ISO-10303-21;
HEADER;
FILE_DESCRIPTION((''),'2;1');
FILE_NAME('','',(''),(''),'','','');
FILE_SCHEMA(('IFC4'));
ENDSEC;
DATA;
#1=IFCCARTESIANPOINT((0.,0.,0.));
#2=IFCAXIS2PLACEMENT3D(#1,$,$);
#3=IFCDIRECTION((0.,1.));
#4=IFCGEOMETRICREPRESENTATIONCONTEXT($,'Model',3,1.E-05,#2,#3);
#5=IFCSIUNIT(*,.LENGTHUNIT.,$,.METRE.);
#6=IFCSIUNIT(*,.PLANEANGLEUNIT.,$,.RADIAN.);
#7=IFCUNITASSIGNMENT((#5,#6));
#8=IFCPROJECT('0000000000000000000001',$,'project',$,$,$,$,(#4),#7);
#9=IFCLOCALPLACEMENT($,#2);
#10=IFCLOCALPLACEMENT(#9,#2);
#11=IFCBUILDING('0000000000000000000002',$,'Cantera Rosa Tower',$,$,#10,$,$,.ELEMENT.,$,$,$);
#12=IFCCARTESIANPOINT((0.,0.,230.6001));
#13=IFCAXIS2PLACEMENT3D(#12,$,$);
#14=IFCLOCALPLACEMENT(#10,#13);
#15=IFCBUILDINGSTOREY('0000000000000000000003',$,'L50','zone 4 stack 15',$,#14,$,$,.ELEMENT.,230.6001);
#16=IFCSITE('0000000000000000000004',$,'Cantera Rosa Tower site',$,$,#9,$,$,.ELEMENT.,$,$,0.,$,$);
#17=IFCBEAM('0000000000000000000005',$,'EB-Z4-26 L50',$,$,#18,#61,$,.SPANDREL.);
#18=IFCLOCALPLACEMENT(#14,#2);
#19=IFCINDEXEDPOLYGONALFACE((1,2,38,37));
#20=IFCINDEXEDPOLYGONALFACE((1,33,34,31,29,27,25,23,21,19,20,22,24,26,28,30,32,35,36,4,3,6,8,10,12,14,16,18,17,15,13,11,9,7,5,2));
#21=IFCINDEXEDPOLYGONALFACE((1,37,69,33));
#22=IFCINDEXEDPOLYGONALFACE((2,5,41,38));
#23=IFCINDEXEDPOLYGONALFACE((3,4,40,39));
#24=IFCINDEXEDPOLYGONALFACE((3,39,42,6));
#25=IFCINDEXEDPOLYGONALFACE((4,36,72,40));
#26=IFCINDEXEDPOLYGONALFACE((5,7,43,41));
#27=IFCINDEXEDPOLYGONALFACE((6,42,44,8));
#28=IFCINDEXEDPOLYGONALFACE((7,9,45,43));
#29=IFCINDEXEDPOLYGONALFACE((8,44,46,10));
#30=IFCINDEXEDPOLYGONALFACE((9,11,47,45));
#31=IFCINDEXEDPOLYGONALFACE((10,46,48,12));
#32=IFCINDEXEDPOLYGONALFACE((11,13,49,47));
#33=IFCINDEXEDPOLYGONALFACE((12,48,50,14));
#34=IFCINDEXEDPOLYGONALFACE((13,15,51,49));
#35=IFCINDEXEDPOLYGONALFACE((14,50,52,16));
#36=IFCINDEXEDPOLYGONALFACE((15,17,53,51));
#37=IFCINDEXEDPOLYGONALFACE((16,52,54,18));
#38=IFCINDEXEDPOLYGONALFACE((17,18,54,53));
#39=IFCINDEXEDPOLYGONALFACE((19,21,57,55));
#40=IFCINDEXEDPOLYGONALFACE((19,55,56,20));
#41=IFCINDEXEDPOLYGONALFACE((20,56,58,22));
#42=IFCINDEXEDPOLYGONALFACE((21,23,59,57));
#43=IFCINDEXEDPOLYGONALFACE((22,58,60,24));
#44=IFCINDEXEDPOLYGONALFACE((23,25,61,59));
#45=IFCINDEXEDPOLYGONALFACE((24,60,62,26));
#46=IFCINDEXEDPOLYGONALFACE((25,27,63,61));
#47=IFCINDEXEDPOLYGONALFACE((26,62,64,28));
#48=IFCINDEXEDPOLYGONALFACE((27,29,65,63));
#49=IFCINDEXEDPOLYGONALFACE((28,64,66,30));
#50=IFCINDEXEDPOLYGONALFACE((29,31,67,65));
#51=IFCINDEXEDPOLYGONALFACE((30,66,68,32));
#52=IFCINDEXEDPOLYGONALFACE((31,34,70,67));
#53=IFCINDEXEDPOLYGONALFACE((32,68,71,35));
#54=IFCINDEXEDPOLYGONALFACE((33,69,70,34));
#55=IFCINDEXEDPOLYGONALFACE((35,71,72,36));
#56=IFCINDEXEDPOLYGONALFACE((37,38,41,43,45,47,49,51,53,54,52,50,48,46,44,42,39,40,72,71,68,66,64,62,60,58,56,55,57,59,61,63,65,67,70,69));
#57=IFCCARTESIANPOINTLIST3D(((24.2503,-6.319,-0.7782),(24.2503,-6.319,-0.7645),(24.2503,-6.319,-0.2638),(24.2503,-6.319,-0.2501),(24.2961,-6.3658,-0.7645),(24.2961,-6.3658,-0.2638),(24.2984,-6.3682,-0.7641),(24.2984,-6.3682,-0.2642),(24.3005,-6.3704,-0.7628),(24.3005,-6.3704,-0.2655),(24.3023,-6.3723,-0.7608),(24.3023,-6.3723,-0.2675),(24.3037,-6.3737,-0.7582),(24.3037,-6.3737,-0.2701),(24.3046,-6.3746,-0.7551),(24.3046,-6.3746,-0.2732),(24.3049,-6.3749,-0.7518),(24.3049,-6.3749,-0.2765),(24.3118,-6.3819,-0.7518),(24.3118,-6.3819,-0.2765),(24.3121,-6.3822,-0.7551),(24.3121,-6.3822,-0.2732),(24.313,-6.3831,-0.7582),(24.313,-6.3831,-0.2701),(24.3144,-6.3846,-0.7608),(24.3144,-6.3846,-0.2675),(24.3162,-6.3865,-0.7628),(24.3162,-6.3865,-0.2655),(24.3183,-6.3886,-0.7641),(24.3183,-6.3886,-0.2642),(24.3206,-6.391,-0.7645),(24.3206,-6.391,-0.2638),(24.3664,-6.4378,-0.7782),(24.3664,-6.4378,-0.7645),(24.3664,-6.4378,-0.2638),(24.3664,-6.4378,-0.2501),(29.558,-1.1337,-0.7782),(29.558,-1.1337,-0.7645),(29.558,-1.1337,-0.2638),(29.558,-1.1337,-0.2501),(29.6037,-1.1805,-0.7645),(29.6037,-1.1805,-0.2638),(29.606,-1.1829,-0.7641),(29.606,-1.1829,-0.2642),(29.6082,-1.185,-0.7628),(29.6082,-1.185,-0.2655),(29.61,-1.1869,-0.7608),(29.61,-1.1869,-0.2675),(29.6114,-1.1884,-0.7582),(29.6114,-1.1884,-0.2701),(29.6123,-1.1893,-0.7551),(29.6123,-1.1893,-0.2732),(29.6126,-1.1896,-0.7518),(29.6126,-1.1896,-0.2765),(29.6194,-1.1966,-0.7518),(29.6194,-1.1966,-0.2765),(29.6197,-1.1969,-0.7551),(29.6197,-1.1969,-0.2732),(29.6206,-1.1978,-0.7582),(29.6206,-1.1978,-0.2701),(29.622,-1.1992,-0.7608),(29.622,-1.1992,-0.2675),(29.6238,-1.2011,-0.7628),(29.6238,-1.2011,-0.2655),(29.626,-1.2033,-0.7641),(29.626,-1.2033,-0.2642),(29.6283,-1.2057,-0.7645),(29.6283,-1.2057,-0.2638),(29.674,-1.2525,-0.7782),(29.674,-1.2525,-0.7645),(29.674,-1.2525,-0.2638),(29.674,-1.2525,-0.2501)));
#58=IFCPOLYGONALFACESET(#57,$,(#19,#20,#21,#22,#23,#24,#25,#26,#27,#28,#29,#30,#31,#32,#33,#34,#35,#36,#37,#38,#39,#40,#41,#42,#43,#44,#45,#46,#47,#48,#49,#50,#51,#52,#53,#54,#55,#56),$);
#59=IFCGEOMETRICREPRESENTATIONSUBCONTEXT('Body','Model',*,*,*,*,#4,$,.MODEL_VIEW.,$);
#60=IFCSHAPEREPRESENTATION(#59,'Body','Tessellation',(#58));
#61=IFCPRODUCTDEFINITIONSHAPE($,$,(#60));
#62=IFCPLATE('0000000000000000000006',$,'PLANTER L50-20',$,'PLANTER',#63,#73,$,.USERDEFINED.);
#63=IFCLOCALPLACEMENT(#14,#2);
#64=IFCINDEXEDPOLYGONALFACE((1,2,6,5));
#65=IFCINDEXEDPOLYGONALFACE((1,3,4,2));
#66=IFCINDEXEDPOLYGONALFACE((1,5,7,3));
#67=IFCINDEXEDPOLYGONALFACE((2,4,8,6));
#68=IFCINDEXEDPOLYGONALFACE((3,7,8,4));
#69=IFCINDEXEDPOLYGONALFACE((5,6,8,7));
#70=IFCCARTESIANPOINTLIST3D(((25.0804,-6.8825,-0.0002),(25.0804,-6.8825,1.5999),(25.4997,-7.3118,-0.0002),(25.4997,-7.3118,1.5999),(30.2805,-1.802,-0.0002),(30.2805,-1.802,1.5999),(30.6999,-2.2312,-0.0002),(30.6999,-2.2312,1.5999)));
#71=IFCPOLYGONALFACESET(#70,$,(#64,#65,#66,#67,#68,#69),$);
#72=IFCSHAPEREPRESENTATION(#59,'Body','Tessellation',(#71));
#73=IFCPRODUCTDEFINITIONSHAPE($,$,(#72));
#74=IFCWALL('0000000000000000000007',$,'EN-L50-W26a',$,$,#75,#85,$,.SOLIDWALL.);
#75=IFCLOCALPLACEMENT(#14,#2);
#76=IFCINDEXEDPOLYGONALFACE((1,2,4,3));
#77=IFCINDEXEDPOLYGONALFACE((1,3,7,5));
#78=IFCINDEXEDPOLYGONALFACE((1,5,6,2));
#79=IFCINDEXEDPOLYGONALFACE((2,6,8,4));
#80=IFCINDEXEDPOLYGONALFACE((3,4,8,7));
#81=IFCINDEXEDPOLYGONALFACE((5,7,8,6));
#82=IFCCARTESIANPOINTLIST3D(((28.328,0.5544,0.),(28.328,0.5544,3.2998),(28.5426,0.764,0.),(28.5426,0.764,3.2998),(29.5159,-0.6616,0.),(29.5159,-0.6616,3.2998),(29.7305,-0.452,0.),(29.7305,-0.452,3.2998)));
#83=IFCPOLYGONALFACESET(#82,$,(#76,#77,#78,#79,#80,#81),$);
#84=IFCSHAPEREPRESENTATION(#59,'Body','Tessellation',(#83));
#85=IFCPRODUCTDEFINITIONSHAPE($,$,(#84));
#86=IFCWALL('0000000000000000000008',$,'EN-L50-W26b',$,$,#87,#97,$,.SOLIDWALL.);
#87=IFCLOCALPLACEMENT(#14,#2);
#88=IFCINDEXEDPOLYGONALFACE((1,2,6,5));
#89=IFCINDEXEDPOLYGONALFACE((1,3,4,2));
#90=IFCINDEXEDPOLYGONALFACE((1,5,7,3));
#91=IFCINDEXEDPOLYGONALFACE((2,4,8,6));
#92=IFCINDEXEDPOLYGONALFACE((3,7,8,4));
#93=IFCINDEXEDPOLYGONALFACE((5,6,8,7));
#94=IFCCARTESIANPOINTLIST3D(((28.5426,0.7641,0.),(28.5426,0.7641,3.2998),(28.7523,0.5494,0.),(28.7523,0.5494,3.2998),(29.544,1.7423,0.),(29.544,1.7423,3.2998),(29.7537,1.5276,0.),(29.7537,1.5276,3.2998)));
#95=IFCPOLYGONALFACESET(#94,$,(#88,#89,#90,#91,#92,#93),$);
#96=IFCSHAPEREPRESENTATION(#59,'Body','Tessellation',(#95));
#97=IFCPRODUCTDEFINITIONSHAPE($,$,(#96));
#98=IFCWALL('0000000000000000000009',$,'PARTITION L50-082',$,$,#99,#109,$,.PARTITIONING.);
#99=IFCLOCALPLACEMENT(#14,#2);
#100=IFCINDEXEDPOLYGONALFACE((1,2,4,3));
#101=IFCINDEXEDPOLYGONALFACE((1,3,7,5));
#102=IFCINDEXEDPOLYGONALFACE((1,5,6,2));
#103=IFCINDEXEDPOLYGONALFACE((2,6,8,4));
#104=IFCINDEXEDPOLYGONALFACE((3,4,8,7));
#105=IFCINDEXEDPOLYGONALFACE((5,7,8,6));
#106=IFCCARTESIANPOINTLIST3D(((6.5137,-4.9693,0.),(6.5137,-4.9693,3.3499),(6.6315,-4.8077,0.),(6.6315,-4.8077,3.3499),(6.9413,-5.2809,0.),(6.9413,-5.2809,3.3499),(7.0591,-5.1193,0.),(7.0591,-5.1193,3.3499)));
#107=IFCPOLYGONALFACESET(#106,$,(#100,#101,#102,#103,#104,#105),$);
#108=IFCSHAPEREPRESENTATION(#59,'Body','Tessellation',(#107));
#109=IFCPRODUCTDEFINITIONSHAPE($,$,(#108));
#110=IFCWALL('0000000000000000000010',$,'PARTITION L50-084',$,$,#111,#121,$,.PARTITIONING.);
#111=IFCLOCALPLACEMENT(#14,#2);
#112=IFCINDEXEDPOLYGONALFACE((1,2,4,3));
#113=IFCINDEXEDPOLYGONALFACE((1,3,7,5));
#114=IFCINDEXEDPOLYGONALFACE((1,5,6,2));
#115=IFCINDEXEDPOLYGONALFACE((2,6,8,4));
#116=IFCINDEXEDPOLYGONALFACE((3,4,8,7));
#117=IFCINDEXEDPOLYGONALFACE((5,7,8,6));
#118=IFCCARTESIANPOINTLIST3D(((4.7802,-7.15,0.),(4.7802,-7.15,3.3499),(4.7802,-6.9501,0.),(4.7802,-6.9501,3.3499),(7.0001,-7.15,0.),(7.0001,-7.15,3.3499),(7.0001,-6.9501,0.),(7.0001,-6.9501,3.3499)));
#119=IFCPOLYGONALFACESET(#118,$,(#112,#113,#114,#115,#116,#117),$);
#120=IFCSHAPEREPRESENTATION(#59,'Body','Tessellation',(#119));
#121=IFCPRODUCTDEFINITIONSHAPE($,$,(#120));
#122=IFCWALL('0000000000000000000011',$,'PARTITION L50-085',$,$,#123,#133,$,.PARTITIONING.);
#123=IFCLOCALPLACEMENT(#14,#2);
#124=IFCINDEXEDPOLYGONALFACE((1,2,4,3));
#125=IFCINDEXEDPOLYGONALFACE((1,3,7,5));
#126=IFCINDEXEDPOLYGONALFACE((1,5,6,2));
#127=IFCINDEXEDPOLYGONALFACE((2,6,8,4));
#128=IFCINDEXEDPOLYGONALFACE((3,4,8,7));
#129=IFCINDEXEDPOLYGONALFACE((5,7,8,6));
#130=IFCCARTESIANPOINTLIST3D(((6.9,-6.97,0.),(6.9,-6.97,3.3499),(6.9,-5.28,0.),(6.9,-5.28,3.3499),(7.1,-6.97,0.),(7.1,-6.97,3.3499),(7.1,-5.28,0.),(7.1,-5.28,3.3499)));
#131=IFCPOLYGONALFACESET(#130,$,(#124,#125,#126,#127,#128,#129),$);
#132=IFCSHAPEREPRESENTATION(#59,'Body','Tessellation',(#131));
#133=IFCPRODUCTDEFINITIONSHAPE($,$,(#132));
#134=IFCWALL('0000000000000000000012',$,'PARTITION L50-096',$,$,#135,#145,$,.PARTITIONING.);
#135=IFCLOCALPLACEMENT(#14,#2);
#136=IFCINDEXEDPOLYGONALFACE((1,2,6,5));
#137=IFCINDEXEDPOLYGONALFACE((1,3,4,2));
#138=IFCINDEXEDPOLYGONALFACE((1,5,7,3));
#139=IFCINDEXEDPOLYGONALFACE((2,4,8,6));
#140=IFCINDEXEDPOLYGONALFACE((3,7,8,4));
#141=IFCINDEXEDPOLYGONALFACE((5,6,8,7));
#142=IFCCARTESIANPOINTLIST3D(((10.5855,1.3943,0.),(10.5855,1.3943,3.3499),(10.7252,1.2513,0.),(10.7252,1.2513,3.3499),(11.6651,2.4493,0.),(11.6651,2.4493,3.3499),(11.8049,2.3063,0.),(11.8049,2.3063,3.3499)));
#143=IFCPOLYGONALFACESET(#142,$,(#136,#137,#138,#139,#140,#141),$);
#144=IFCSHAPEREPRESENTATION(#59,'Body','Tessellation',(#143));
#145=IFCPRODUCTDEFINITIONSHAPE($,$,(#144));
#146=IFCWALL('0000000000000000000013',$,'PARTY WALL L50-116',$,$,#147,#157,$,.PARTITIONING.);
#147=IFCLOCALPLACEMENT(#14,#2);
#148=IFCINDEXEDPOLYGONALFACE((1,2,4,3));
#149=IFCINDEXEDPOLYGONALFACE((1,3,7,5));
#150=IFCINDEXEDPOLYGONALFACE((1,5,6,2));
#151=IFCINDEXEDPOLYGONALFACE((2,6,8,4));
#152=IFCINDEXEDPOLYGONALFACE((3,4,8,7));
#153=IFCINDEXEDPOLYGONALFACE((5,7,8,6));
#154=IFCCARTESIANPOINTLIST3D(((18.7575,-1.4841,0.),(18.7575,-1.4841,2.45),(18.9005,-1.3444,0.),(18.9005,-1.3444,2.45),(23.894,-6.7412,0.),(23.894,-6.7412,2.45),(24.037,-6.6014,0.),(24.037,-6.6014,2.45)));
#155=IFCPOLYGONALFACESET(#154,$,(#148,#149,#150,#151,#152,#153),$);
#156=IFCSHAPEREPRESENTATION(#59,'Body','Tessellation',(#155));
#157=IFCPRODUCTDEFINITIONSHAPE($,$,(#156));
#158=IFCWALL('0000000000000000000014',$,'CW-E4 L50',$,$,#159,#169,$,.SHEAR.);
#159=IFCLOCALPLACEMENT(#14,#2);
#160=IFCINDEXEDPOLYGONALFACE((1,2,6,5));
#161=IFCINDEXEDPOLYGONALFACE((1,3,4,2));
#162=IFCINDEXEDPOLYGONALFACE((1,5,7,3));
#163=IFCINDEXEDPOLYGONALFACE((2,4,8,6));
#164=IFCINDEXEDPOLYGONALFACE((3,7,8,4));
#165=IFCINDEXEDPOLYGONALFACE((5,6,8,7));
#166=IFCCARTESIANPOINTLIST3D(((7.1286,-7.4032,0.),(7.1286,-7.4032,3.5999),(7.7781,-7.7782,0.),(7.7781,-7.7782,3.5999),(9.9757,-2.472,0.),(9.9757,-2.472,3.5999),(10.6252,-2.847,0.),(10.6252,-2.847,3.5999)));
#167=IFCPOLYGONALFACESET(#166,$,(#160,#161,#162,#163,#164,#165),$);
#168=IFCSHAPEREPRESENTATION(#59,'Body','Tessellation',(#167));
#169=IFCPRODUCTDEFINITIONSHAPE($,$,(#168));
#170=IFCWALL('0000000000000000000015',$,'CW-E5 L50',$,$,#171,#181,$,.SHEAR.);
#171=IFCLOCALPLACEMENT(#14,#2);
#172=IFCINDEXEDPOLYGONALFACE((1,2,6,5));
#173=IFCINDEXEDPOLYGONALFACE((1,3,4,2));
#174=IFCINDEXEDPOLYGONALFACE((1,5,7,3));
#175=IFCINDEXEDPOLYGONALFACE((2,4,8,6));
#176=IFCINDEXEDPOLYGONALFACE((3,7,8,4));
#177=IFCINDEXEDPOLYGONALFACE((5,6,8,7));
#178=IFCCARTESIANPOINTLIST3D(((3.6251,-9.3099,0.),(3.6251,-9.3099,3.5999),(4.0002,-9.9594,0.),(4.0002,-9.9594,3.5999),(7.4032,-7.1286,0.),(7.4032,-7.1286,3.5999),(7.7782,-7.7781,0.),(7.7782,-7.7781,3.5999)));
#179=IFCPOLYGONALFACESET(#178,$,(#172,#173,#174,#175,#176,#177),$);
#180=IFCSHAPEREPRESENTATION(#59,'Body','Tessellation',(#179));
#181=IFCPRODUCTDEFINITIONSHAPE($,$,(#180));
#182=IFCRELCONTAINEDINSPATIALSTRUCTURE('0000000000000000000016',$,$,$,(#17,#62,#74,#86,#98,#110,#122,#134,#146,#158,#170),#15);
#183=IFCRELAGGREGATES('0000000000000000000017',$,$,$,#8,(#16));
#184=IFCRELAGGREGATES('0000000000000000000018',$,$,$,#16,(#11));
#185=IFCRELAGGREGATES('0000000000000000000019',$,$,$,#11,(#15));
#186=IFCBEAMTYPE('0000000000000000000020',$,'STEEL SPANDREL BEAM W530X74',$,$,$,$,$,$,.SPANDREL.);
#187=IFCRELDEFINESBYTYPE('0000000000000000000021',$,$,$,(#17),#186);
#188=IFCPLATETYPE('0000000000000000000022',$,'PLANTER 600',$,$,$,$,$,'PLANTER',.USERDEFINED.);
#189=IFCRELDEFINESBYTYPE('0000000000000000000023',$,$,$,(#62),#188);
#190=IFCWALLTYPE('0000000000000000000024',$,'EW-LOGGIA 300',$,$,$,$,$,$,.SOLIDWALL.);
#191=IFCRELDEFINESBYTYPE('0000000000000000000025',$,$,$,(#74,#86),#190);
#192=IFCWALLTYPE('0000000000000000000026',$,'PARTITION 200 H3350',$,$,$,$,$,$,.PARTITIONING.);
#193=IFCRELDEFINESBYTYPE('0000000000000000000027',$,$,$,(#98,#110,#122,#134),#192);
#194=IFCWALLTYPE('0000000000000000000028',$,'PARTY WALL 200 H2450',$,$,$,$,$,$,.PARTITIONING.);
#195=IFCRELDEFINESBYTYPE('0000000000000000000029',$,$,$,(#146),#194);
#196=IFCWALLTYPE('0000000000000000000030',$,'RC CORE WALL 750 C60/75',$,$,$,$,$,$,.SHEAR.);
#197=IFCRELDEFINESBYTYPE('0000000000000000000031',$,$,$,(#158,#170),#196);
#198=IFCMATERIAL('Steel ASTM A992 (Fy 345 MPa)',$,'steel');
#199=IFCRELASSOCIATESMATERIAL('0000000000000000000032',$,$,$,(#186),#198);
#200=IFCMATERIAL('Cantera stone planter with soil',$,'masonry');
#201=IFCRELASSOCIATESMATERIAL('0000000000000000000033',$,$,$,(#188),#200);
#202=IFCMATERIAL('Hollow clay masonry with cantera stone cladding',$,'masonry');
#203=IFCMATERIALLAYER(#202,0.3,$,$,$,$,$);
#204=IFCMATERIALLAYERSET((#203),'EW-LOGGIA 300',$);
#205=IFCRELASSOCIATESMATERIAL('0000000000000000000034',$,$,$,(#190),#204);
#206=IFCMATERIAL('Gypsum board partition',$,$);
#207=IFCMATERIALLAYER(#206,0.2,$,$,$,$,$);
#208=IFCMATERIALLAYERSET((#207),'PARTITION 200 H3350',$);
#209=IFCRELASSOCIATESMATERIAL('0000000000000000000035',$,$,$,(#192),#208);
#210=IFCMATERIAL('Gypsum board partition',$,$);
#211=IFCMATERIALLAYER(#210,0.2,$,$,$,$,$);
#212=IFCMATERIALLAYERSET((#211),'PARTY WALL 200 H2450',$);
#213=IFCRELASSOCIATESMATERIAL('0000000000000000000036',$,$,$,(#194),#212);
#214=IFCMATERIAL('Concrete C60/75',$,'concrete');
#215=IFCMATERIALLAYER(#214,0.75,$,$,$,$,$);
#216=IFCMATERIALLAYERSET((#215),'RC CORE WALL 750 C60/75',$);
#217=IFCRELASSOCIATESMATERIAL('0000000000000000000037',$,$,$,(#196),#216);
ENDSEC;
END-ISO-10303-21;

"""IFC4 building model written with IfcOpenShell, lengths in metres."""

from ifc_helpers import new_model, si_unit, direction, frame, frame_2d, origin, origin_2d, place, context, subcontext, project, spatial, rectangle, i_section, extrude, material, layer, layer_set, material_profile, profile_set, type_object, element, save


model = new_model("IFC4")

# Units and contexts
model_context = context("Model", 3, precision=1e-05, world=origin(), true_north=direction((0.0, 1.0)))
body_context = subcontext(model_context, "Body", "Model", "MODEL_VIEW")
ifc_project = project(units=[si_unit("LENGTHUNIT", "METRE"), si_unit("PLANEANGLEUNIT", "RADIAN")], contexts=[model_context])

# Site, building, storey
site_placement = place(None, origin())
site = spatial("IfcSite", under=ifc_project, at=site_placement, Name="Cantera Rosa Tower site", CompositionType="ELEMENT", RefElevation=0.0)
building_placement = place(site_placement, origin())
building = spatial("IfcBuilding", under=site, at=building_placement, Name="Cantera Rosa Tower", CompositionType="ELEMENT")
storey_placement = place(building_placement, frame((0.0, 0.0, 230.6001)))
storey = spatial("IfcBuildingStorey", under=building, at=storey_placement, Name="L50", Description="zone 4 stack 15", CompositionType="ELEMENT", Elevation=230.6001)

# Beam
ifc_material_1 = material(Name="Steel ASTM A992 (Fy 345 MPa)", Category="steel")
ifc_material_profile_1 = material_profile(ifc_material_1, i_section(OverallWidth=0.166, OverallDepth=0.5281, WebThickness=0.0098, FlangeThickness=0.0137, FilletRadius=0.0127, at=origin_2d()), Name="W530X74")
ifc_profile_set_1 = profile_set([ifc_material_profile_1], Name="Steel ASTM A992 (Fy 345 MPa)")
beam_type_1 = type_object("IfcBeamType", Name="STEEL SPANDREL BEAM W530X74", PredefinedType="SPANDREL", material=ifc_profile_set_1)
beam_1_placement = place(storey_placement, frame((24.3083, -6.3784, -0.5142), z_axis=(0.715301, 0.698817, 0.0), x_axis=(-0.698817, 0.715301, 0.0)))
element("IfcBeam", 1, at=beam_1_placement, inside=storey, type_object=beam_type_1, Name="EB-Z4-26 L50", PredefinedType="SPANDREL", context=body_context, shape_type="SweptSolid", body=[
    extrude(i_section(OverallWidth=0.166, OverallDepth=0.5281, WebThickness=0.0098, FlangeThickness=0.0137, FilletRadius=0.0127, at=origin_2d()), origin(), (0.0, 0.0, 1.0), 7.4202),
])

# Plate
ifc_material_2 = material(Name="Cantera stone planter with soil", Category="masonry")
plate_type = type_object("IfcPlateType", Name="PLANTER 600", ElementType="PLANTER", PredefinedType="USERDEFINED", material=ifc_material_2)
plate_placement = place(storey_placement, frame((27.8901, -4.5569, -0.0002), z_axis=(0.0, 0.0, 1.0), x_axis=(0.715286, 0.698832, 0.0)))
element("IfcPlate", 2, at=plate_placement, inside=storey, type_object=plate_type, Name="PLANTER L50-20", ObjectType="PLANTER", PredefinedType="USERDEFINED", context=body_context, shape_type="SweptSolid", body=[
    extrude(rectangle(XDim=7.27, YDim=0.6001, at=origin_2d()), origin(), (0.0, 0.0, 1.0), 1.6001),
])

# Walls
ifc_material_3 = material(Name="Hollow clay masonry with cantera stone cladding", Category="masonry")
ifc_layer_1 = layer(ifc_material_3, 0.3)
ifc_layer_set_1 = layer_set([ifc_layer_1], Name="EW-LOGGIA 300")
wall_type_1 = type_object("IfcWallType", Name="EW-LOGGIA 300", PredefinedType="SOLIDWALL", material=ifc_layer_set_1)
wall_1_placement = place(storey_placement, frame((29.6233, -0.5569, 0.0), z_axis=(0.0, 0.0, 1.0), x_axis=(-0.698801, 0.715316, 0.0)))
element("IfcWall", 3, at=wall_1_placement, inside=storey, type_object=wall_type_1, Name="EN-L50-W26a", PredefinedType="SOLIDWALL", context=body_context, shape_type="SweptSolid", body=[
    extrude(rectangle(XDim=1.7, YDim=0.3, at=frame_2d((0.8501, 0.0))), origin(), (0.0, 0.0, 1.0), 3.2998),
])
wall_2_placement = place(storey_placement, frame((28.6475, 0.6567, 0.0), z_axis=(0.0, 0.0, 1.0), x_axis=(0.715342, 0.698775, 0.0)))
element("IfcWall", 4, at=wall_2_placement, inside=storey, type_object=wall_type_1, Name="EN-L50-W26b", PredefinedType="SOLIDWALL", context=body_context, shape_type="SweptSolid", body=[
    extrude(rectangle(XDim=1.3999, YDim=0.3, at=frame_2d((0.7, 0.0))), origin(), (0.0, 0.0, 1.0), 3.2998),
])

# Walls
ifc_material_4 = material(Name="Gypsum board partition")
ifc_layer_2 = layer(ifc_material_4, 0.2)
ifc_layer_set_2 = layer_set([ifc_layer_2], Name="PARTITION 200 H3350")
wall_type_2 = type_object("IfcWallType", Name="PARTITION 200 H3350", PredefinedType="PARTITIONING", material=ifc_layer_set_2)
wall_3_placement = place(storey_placement, frame((6.5725, -4.8884, 0.0), z_axis=(0.0, 0.0, 1.0), x_axis=(0.808177, -0.58894, 0.0)))
element("IfcWall", 5, at=wall_3_placement, inside=storey, type_object=wall_type_2, Name="PARTITION L50-082", PredefinedType="PARTITIONING", context=body_context, shape_type="SweptSolid", body=[
    extrude(rectangle(XDim=0.5291, YDim=0.2, at=frame_2d((0.2646, 0.0))), origin(), (0.0, 0.0, 1.0), 3.3499),
])
wall_4_placement = place(storey_placement, frame((7.0, -7.05, 0.0), z_axis=(0.0, 0.0, 1.0), x_axis=(-1.0, 0.0, 0.0)))
element("IfcWall", 6, at=wall_4_placement, inside=storey, type_object=wall_type_2, Name="PARTITION L50-084", PredefinedType="PARTITIONING", context=body_context, shape_type="SweptSolid", body=[
    extrude(rectangle(XDim=2.22, YDim=0.2, at=frame_2d((1.1099, 0.0))), origin(), (0.0, 0.0, 1.0), 3.3499),
])
wall_5_placement = place(storey_placement, frame((7.0, -5.28, 0.0), z_axis=(0.0, 0.0, 1.0), x_axis=(0.0, -1.0, 0.0)))
element("IfcWall", 7, at=wall_5_placement, inside=storey, type_object=wall_type_2, Name="PARTITION L50-085", PredefinedType="PARTITIONING", context=body_context, shape_type="SweptSolid", body=[
    extrude(rectangle(XDim=1.6899, YDim=0.2, at=frame_2d((0.845, 0.0))), origin(), (0.0, 0.0, 1.0), 3.3499),
])
wall_6_placement = place(storey_placement, frame((10.6553, 1.3228, 0.0), z_axis=(0.0, 0.0, 1.0), x_axis=(0.715228, 0.698892, 0.0)))
element("IfcWall", 8, at=wall_6_placement, inside=storey, type_object=wall_type_2, Name="PARTITION L50-096", PredefinedType="PARTITIONING", context=body_context, shape_type="SweptSolid", body=[
    extrude(rectangle(XDim=1.5095, YDim=0.2, at=frame_2d((0.7549, 0.0))), origin(), (0.0, 0.0, 1.0), 3.3499),
])
ifc_material_5 = material(Name="Gypsum board partition")
ifc_layer_3 = layer(ifc_material_5, 0.2)
ifc_layer_set_3 = layer_set([ifc_layer_3], Name="PARTY WALL 200 H2450")
wall_type_3 = type_object("IfcWallType", Name="PARTY WALL 200 H2450", PredefinedType="PARTITIONING", material=ifc_layer_set_3)
wall_7_placement = place(storey_placement, frame((18.8291, -1.4143, 0.0), z_axis=(0.0, 0.0, 1.0), x_axis=(0.698855, -0.715264, 0.0)))
element("IfcWall", 9, at=wall_7_placement, inside=storey, type_object=wall_type_3, Name="PARTY WALL L50-116", PredefinedType="PARTITIONING", context=body_context, shape_type="SweptSolid", body=[
    extrude(rectangle(XDim=7.3499, YDim=0.2, at=frame_2d((3.6748, 0.0))), origin(), (0.0, 0.0, 1.0), 2.45),
])
ifc_material_6 = material(Name="Concrete C60/75", Category="concrete")
ifc_layer_4 = layer(ifc_material_6, 0.75)
ifc_layer_set_4 = layer_set([ifc_layer_4], Name="RC CORE WALL 750 C60/75")
wall_type_4 = type_object("IfcWallType", Name="RC CORE WALL 750 C60/75", PredefinedType="SHEAR", material=ifc_layer_set_4)
wall_8_placement = place(storey_placement, frame((10.3005, -2.6594, 0.0), z_axis=(0.0, 0.0, 1.0), x_axis=(-0.500022, -0.866013, 0.0)))
element("IfcWall", 10, at=wall_8_placement, inside=storey, type_object=wall_type_4, Name="CW-E4 L50", PredefinedType="SHEAR", context=body_context, shape_type="SweptSolid", body=[
    extrude(rectangle(XDim=5.6941, YDim=0.75, at=frame_2d((2.8472, 0.0))), origin(), (0.0, 0.0, 1.0), 3.5999),
])
wall_9_placement = place(storey_placement, frame((7.5906, -7.4534, 0.0), z_axis=(0.0, 0.0, 1.0), x_axis=(-0.866013, -0.500021, 0.0)))
element("IfcWall", 11, at=wall_9_placement, inside=storey, type_object=wall_type_4, Name="CW-E5 L50", PredefinedType="SHEAR", context=body_context, shape_type="SweptSolid", body=[
    extrude(rectangle(XDim=4.3625, YDim=0.75, at=frame_2d((2.1812, 0.0))), origin(), (0.0, 0.0, 1.0), 3.5999),
])

save(model, "model.ifc")
